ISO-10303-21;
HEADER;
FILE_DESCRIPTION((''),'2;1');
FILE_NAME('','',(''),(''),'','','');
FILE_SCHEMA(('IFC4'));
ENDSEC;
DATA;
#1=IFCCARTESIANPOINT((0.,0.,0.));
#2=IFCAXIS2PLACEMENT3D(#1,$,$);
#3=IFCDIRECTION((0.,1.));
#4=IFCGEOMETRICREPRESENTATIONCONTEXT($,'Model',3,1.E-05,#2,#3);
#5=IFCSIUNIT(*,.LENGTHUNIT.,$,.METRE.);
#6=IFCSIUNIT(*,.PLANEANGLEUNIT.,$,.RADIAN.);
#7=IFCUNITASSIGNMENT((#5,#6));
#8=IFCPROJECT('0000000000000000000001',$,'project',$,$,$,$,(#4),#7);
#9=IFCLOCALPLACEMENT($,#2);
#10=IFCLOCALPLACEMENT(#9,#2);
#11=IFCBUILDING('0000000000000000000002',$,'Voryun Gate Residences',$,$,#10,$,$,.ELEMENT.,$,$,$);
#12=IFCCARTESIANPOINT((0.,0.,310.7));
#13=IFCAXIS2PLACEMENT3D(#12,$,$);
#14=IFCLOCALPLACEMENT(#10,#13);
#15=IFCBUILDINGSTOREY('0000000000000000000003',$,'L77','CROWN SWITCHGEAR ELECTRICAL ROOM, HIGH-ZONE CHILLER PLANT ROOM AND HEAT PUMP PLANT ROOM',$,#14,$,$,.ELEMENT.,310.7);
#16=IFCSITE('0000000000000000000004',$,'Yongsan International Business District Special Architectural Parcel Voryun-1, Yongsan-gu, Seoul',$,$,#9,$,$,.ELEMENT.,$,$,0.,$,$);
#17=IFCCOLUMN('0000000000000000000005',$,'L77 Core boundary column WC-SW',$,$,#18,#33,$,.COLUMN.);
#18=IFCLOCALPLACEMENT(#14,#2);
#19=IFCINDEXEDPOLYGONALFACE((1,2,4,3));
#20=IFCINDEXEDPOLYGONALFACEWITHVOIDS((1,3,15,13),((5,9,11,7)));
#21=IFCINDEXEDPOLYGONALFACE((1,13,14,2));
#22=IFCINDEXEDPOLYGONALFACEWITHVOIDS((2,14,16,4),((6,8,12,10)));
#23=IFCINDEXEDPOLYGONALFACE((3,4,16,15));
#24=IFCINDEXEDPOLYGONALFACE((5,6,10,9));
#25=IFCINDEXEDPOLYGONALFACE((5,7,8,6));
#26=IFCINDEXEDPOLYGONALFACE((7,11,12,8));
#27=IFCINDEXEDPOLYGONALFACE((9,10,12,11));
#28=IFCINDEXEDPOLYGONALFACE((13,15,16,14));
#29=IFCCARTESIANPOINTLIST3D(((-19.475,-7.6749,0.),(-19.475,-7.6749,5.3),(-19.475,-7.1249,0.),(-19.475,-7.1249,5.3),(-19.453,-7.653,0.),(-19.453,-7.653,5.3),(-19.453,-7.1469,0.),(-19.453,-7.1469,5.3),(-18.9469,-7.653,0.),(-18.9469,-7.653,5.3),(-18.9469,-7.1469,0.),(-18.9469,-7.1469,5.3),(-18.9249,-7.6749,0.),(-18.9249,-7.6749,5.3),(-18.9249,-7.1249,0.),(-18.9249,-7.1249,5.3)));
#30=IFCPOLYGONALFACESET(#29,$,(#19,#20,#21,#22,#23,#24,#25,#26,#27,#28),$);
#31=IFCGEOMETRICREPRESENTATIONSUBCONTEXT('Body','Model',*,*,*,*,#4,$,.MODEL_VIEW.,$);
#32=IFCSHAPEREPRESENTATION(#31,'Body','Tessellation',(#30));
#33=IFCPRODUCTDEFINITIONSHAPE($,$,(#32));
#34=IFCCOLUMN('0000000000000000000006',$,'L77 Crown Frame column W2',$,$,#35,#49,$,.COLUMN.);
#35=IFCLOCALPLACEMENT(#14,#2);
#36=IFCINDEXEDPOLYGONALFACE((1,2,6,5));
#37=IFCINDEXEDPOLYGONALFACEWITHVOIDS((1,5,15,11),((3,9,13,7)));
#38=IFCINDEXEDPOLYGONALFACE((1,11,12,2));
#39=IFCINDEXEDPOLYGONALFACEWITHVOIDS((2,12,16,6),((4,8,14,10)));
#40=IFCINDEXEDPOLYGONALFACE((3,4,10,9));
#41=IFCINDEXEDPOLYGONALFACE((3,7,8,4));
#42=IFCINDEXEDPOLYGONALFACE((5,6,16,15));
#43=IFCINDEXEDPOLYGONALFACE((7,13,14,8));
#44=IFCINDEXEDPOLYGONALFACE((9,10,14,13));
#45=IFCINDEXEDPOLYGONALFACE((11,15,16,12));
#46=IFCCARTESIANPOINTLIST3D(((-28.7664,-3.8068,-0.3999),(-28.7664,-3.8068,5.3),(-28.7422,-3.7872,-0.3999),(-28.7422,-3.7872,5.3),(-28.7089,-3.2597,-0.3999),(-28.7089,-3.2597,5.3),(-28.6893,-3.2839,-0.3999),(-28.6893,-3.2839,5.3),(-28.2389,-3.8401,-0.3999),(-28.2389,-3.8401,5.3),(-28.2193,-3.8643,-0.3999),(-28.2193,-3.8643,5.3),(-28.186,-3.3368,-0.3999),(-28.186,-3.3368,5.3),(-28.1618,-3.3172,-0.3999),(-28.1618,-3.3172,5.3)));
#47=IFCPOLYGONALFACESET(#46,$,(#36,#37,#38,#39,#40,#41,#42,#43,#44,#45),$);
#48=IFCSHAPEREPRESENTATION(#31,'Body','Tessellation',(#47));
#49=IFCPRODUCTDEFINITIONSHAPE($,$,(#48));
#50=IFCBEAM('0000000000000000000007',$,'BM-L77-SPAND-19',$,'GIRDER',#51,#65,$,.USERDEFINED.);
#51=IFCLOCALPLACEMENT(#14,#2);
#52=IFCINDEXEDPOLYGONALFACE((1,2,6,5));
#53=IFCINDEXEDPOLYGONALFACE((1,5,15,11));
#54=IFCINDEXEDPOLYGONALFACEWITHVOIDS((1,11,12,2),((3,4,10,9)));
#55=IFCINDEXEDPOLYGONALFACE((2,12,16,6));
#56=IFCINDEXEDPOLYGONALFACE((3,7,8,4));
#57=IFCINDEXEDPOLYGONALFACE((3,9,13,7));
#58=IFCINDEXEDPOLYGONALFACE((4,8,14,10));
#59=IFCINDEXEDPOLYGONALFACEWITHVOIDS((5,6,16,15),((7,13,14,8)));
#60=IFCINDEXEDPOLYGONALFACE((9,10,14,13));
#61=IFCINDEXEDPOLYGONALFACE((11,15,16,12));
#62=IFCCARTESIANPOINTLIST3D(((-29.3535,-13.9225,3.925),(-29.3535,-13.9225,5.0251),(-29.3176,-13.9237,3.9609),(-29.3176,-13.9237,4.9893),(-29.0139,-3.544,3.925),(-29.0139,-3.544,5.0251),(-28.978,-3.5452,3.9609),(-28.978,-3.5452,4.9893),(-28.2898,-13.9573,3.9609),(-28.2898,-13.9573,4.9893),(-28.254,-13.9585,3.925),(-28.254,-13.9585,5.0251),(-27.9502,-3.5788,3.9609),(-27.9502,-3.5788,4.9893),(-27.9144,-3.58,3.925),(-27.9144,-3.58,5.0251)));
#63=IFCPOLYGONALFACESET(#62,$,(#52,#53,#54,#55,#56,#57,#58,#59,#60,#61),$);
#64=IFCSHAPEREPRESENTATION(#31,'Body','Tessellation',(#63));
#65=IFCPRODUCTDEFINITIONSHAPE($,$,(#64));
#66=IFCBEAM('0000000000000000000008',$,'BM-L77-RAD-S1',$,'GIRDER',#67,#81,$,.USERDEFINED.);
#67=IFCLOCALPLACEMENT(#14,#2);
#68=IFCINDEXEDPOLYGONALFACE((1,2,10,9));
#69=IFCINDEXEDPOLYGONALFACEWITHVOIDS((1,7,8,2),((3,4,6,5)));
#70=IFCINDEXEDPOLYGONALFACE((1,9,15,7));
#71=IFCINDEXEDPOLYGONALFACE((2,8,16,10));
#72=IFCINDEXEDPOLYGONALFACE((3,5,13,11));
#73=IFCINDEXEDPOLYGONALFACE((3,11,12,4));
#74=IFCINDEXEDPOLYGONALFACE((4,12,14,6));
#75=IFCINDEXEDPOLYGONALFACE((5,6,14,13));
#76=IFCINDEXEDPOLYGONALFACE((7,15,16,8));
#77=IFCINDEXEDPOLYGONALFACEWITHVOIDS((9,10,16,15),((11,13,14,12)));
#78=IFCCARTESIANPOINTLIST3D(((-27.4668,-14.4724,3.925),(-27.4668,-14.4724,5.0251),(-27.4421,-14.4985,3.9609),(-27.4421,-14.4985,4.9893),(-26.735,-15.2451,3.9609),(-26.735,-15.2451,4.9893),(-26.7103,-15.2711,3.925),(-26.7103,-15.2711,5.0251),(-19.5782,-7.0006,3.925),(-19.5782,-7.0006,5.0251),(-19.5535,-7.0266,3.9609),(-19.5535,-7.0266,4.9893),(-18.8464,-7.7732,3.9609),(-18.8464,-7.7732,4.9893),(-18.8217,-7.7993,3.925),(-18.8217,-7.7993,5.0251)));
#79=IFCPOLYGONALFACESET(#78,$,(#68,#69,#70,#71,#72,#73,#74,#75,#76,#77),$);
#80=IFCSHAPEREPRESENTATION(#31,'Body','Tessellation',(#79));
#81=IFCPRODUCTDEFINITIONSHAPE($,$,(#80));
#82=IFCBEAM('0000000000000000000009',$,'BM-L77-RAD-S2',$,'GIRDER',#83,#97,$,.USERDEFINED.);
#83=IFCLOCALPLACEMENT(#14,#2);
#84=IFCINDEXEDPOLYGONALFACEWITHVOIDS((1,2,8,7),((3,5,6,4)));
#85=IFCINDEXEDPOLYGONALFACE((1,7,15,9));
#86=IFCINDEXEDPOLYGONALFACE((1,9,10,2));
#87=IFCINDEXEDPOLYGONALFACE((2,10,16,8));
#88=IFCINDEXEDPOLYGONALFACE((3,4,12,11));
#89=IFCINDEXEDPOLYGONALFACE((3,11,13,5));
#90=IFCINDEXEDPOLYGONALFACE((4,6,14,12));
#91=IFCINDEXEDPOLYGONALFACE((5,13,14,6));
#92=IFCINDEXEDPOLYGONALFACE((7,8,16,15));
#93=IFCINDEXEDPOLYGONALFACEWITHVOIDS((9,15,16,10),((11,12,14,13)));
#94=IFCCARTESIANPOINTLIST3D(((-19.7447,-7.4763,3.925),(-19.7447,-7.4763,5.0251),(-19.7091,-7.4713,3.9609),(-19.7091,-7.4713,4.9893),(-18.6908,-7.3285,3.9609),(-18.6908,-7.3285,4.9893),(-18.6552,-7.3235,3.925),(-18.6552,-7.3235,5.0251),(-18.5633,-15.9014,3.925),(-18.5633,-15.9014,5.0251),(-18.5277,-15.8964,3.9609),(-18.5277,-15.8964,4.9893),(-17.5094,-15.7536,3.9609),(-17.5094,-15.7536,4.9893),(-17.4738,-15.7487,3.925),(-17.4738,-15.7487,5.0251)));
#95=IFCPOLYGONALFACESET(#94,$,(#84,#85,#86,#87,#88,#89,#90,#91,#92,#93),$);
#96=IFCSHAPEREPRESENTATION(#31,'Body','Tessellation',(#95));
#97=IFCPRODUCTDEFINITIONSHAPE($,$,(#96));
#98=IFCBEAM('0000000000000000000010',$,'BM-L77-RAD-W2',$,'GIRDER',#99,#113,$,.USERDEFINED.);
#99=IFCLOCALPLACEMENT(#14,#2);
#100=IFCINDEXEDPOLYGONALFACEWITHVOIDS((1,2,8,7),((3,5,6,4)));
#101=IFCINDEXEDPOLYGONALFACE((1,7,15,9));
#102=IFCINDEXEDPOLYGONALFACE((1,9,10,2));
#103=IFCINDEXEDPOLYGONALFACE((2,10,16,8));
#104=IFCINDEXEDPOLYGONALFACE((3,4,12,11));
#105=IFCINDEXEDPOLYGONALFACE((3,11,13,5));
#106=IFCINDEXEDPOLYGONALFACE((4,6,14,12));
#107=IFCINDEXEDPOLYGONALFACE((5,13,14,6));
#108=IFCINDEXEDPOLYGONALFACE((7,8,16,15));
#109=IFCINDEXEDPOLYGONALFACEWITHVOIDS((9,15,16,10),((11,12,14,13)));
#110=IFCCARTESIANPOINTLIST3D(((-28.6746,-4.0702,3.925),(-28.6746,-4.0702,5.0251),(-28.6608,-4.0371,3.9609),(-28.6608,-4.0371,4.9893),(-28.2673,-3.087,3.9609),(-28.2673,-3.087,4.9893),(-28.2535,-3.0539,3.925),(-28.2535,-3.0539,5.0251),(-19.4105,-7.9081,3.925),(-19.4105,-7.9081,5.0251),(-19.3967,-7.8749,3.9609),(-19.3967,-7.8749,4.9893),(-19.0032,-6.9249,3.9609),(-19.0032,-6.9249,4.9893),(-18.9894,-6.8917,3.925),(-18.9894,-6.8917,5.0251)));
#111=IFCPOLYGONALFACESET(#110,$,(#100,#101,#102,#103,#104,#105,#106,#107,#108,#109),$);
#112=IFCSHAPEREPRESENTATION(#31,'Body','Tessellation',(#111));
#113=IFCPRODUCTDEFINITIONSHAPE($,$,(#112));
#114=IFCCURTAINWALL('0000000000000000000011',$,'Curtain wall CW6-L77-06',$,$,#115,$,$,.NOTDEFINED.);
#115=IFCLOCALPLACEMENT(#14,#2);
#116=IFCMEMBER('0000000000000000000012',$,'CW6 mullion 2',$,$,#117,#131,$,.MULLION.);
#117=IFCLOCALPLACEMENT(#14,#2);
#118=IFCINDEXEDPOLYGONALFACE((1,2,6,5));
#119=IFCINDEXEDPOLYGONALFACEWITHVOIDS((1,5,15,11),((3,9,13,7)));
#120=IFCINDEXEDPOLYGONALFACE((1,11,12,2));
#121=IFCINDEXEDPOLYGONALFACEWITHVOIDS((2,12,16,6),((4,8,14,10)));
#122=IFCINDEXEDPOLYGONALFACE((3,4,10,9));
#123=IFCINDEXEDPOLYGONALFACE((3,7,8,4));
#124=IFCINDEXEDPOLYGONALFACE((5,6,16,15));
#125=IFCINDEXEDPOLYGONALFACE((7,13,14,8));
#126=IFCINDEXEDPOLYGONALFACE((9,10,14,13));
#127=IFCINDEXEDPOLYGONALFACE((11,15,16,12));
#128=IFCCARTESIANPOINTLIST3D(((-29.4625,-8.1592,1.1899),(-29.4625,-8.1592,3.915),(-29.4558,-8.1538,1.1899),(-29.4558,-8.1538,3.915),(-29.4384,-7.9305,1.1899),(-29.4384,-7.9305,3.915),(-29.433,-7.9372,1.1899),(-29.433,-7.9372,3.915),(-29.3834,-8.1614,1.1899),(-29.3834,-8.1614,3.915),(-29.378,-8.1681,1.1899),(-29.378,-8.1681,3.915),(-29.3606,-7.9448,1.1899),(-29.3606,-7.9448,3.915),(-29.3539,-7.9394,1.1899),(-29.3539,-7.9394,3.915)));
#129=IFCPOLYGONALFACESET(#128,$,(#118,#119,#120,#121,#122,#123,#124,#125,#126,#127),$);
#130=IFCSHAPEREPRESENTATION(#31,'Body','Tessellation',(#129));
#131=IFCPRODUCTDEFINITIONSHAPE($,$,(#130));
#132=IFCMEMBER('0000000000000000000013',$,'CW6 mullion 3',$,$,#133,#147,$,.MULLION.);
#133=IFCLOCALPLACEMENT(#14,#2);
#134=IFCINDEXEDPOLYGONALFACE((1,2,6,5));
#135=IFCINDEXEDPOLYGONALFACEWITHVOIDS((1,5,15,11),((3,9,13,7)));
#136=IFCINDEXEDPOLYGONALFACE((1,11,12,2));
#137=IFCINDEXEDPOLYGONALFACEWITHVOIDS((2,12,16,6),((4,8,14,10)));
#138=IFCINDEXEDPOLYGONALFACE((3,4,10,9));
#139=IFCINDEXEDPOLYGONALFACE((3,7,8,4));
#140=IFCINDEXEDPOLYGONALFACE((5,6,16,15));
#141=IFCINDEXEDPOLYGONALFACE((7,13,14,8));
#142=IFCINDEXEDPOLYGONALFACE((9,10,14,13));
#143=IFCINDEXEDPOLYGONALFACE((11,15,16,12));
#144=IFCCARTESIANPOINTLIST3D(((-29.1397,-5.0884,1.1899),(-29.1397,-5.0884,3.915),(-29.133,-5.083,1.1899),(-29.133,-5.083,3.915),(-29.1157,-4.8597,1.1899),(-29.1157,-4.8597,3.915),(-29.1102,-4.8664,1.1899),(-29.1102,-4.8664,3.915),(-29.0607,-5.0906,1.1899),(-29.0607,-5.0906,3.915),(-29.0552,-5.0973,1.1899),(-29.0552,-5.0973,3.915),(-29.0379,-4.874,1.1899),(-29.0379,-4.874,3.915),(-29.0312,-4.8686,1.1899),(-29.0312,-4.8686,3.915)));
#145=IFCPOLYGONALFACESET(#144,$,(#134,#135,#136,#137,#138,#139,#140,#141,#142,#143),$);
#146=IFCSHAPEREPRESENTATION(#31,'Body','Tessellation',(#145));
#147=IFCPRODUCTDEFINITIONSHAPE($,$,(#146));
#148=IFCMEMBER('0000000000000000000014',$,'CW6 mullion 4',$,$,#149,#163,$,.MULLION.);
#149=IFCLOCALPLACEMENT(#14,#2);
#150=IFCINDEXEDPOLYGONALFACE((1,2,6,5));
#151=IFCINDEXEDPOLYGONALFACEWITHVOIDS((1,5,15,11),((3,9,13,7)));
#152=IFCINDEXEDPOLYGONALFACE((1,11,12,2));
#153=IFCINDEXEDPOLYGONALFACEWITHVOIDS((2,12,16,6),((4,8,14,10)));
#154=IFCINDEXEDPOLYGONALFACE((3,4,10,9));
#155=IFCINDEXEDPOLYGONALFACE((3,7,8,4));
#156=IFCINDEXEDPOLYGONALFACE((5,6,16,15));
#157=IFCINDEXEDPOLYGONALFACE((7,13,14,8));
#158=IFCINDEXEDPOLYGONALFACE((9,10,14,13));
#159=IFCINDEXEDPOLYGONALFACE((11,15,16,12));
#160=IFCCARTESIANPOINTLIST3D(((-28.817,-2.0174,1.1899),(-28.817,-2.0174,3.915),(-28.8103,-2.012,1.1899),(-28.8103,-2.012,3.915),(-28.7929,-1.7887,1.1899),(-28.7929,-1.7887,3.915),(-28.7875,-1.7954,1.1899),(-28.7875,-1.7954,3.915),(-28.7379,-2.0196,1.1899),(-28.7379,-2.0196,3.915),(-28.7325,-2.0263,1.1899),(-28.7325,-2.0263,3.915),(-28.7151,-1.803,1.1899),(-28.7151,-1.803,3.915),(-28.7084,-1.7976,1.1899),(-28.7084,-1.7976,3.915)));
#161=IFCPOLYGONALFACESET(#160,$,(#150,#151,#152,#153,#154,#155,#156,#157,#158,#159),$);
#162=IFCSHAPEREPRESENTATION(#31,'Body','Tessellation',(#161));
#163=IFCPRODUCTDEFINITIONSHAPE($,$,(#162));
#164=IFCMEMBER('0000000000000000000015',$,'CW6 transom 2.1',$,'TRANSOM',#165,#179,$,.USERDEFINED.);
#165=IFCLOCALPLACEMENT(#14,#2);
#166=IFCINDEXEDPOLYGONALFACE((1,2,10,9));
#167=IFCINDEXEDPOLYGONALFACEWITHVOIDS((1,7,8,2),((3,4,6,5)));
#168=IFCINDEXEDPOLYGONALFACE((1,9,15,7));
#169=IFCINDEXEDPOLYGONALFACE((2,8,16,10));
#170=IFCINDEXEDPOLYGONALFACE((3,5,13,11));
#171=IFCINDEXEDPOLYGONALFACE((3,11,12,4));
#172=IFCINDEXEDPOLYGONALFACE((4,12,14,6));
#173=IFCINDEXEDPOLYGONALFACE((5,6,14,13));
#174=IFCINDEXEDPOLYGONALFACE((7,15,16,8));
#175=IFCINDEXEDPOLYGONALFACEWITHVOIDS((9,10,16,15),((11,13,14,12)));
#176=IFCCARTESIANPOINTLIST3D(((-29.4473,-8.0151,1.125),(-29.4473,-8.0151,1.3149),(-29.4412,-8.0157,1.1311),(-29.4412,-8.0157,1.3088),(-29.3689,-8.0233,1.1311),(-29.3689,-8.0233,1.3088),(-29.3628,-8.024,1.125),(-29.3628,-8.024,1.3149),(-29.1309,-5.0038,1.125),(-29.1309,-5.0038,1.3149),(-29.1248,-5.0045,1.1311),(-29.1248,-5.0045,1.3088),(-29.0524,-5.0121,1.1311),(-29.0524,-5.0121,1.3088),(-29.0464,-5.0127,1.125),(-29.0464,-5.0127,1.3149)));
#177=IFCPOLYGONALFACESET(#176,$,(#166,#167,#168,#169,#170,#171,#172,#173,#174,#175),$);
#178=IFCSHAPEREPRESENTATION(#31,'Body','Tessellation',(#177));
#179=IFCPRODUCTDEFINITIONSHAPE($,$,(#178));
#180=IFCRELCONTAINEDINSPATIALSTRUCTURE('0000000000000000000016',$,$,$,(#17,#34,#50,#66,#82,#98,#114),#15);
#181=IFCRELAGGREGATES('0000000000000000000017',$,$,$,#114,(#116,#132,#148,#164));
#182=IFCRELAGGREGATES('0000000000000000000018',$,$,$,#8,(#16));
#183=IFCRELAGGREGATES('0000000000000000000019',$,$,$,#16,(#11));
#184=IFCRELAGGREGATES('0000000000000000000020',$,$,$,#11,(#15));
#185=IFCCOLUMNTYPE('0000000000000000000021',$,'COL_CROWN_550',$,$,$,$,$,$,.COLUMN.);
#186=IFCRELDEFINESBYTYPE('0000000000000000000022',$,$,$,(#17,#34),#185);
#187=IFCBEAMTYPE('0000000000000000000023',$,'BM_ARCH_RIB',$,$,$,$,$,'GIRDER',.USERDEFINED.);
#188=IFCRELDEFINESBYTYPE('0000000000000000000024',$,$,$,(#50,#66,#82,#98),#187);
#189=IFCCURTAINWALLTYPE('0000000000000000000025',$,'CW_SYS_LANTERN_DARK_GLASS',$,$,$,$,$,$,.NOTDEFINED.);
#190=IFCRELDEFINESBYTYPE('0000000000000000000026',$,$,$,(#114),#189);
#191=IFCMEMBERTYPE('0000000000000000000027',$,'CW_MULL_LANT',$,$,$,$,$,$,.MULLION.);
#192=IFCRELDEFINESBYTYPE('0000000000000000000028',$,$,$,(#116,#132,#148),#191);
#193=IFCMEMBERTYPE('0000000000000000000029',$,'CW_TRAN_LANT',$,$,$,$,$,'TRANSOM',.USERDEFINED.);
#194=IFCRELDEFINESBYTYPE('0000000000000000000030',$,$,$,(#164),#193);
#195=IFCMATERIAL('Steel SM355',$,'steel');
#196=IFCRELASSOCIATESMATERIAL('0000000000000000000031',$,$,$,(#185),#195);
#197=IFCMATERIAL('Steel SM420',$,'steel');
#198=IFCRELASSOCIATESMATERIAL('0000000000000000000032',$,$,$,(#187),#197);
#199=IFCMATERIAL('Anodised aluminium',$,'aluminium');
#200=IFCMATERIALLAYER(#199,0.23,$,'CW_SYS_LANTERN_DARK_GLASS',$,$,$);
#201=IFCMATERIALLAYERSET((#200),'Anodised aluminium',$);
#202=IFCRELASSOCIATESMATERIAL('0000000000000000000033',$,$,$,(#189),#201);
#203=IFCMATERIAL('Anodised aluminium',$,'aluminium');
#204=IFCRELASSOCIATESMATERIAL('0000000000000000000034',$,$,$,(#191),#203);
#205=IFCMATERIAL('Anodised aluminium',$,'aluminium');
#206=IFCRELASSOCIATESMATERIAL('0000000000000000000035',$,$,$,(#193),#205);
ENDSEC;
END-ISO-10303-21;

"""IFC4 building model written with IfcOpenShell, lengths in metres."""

from ifc_helpers import new_model, si_unit, direction, frame, origin, origin_2d, place, context, subcontext, project, spatial, hollow_rectangle, extrude, material, layer, layer_set, material_profile, profile_set, type_object, element, aggregate, save


model = new_model("IFC4")

# Units and contexts
model_context = context("Model", 3, precision=1e-05, world=origin(), true_north=direction((0.0, 1.0)))
body_context = subcontext(model_context, "Body", "Model", "MODEL_VIEW")
ifc_project = project(units=[si_unit("LENGTHUNIT", "METRE"), si_unit("PLANEANGLEUNIT", "RADIAN")], contexts=[model_context])

# Site, building, storey
site_placement = place(None, origin())
site = spatial("IfcSite", under=ifc_project, at=site_placement, Name="Yongsan International Business District Special Architectural Parcel Voryun-1, Yongsan-gu, Seoul", CompositionType="ELEMENT", RefElevation=0.0)
building_placement = place(site_placement, origin())
building = spatial("IfcBuilding", under=site, at=building_placement, Name="Voryun Gate Residences", CompositionType="ELEMENT")
storey_placement = place(building_placement, frame((0.0, 0.0, 310.7)))
storey = spatial("IfcBuildingStorey", under=building, at=storey_placement, Name="L77", Description="CROWN SWITCHGEAR ELECTRICAL ROOM, HIGH-ZONE CHILLER PLANT ROOM AND HEAT PUMP PLANT ROOM", CompositionType="ELEMENT", Elevation=310.7)

# Columns
ifc_material_1 = material(Name="Steel SM355", Category="steel")
ifc_material_profile_1 = material_profile(ifc_material_1, hollow_rectangle(XDim=0.55, YDim=0.55, WallThickness=0.022, at=origin_2d()), Name="BOX-550x550x22")
ifc_profile_set_1 = profile_set([ifc_material_profile_1], Name="Steel SM355")
column_type = type_object("IfcColumnType", Name="COL_CROWN_550", PredefinedType="COLUMN", material=ifc_profile_set_1)
column_1_placement = place(storey_placement, frame((-19.2, -7.3999, 0.0), z_axis=(0.0, 0.0, 1.0), x_axis=(1.0, 0.0, 0.0)))
element("IfcColumn", 1, at=column_1_placement, inside=storey, type_object=column_type, Name="L77 Core boundary column WC-SW", PredefinedType="COLUMN", context=body_context, shape_type="SweptSolid", body=[
    extrude(hollow_rectangle(XDim=0.55, YDim=0.55, WallThickness=0.022, at=origin_2d()), origin(), (0.0, 0.0, 1.0), 5.3),
])
column_2_placement = place(storey_placement, frame((-28.4641, -3.562, -0.3999), z_axis=(0.0, 0.0, 1.0), x_axis=(0.994522, -0.104528, 0.0)))
element("IfcColumn", 2, at=column_2_placement, inside=storey, type_object=column_type, Name="L77 Crown Frame column W2", PredefinedType="COLUMN", context=body_context, shape_type="SweptSolid", body=[
    extrude(hollow_rectangle(XDim=0.55, YDim=0.55, WallThickness=0.022, at=origin_2d()), origin(), (0.0, 0.0, 1.0), 5.7),
])

# Beams
ifc_material_2 = material(Name="Steel SM420", Category="steel")
ifc_material_profile_2 = material_profile(ifc_material_2, hollow_rectangle(XDim=1.1001, YDim=1.1001, WallThickness=0.0359, at=origin_2d()), Name="BOX-1100x1100x36")
ifc_profile_set_2 = profile_set([ifc_material_profile_2], Name="Steel SM420")
beam_type = type_object("IfcBeamType", Name="BM_ARCH_RIB", ElementType="GIRDER", PredefinedType="USERDEFINED", material=ifc_profile_set_2)
beam_1_placement = place(storey_placement, frame((-28.4641, -3.562, 4.4751), z_axis=(-0.032704, -0.999465, 0.0), x_axis=(0.999465, -0.032704, 0.0)))
element("IfcBeam", 3, at=beam_1_placement, inside=storey, type_object=beam_type, Name="BM-L77-SPAND-19", ObjectType="GIRDER", PredefinedType="USERDEFINED", context=body_context, shape_type="SweptSolid", body=[
    extrude(hollow_rectangle(XDim=1.1001, YDim=1.1001, WallThickness=0.0359, at=origin_2d()), origin(), (0.0, 0.0, 1.0), 10.384),
])
beam_2_placement = place(storey_placement, frame((-19.2, -7.3999, 4.4751), z_axis=(-0.726024, -0.687669, 0.0), x_axis=(0.687669, -0.726024, 0.0)))
element("IfcBeam", 4, at=beam_2_placement, inside=storey, type_object=beam_type, Name="BM-L77-RAD-S1", ObjectType="GIRDER", PredefinedType="USERDEFINED", context=body_context, shape_type="SweptSolid", body=[
    extrude(hollow_rectangle(XDim=1.1001, YDim=1.1001, WallThickness=0.0359, at=origin_2d()), origin(), (0.0, 0.0, 1.0), 10.8655),
])
beam_3_placement = place(storey_placement, frame((-19.2, -7.3999, 4.4751), z_axis=(0.138866, -0.990311, 0.0), x_axis=(0.990311, 0.138866, 0.0)))
element("IfcBeam", 5, at=beam_3_placement, inside=storey, type_object=beam_type, Name="BM-L77-RAD-S2", ObjectType="GIRDER", PredefinedType="USERDEFINED", context=body_context, shape_type="SweptSolid", body=[
    extrude(hollow_rectangle(XDim=1.1001, YDim=1.1001, WallThickness=0.0359, at=origin_2d()), origin(), (0.0, 0.0, 1.0), 8.5076),
])
beam_4_placement = place(storey_placement, frame((-19.2, -7.3999, 4.4751), z_axis=(-0.92386, 0.38273, 0.0), x_axis=(-0.38273, -0.92386, 0.0)))
element("IfcBeam", 6, at=beam_4_placement, inside=storey, type_object=beam_type, Name="BM-L77-RAD-W2", ObjectType="GIRDER", PredefinedType="USERDEFINED", context=body_context, shape_type="SweptSolid", body=[
    extrude(hollow_rectangle(XDim=1.1001, YDim=1.1001, WallThickness=0.0359, at=origin_2d()), origin(), (0.0, 0.0, 1.0), 10.0276),
])

# Curtain wall, members
ifc_material_3 = material(Name="Anodised aluminium", Category="aluminium")
ifc_layer_1 = layer(ifc_material_3, 0.23, Name="CW_SYS_LANTERN_DARK_GLASS")
ifc_layer_set_1 = layer_set([ifc_layer_1], Name="Anodised aluminium")
curtain_wall_type = type_object("IfcCurtainWallType", Name="CW_SYS_LANTERN_DARK_GLASS", PredefinedType="NOTDEFINED", material=ifc_layer_set_1)
curtain_wall_placement = place(storey_placement, origin())
curtain_wall = element("IfcCurtainWall", 7, at=curtain_wall_placement, inside=storey, type_object=curtain_wall_type, Name="Curtain wall CW6-L77-06", PredefinedType="NOTDEFINED")
ifc_material_4 = material(Name="Anodised aluminium", Category="aluminium")
ifc_material_profile_3 = material_profile(ifc_material_4, hollow_rectangle(XDim=0.085, YDim=0.23, WallThickness=0.0061, at=origin_2d()), Name="ALU-MULL-230x85x6")
ifc_profile_set_3 = profile_set([ifc_material_profile_3], Name="Anodised aluminium")
member_type_1 = type_object("IfcMemberType", Name="CW_MULL_LANT", PredefinedType="MULLION", material=ifc_profile_set_3)
member_1_placement = place(storey_placement, frame((-29.4082, -8.0493, 1.1899), z_axis=(0.0, 0.0, 1.0), x_axis=(-0.994522, 0.104528, 0.0)))
member_1 = element("IfcMember", 8, at=member_1_placement, type_object=member_type_1, Name="CW6 mullion 2", PredefinedType="MULLION", context=body_context, shape_type="SweptSolid", body=[
    extrude(hollow_rectangle(XDim=0.085, YDim=0.23, WallThickness=0.0061, at=origin_2d()), origin(), (0.0, 0.0, 1.0), 2.7251),
])
member_2_placement = place(storey_placement, frame((-29.0854, -4.9785, 1.1899), z_axis=(0.0, 0.0, 1.0), x_axis=(-0.994522, 0.104528, 0.0)))
member_2 = element("IfcMember", 9, at=member_2_placement, type_object=member_type_1, Name="CW6 mullion 3", PredefinedType="MULLION", context=body_context, shape_type="SweptSolid", body=[
    extrude(hollow_rectangle(XDim=0.085, YDim=0.23, WallThickness=0.0061, at=origin_2d()), origin(), (0.0, 0.0, 1.0), 2.7251),
])
member_3_placement = place(storey_placement, frame((-28.7627, -1.9075, 1.1899), z_axis=(0.0, 0.0, 1.0), x_axis=(-0.994522, 0.104528, 0.0)))
member_3 = element("IfcMember", 10, at=member_3_placement, type_object=member_type_1, Name="CW6 mullion 4", PredefinedType="MULLION", context=body_context, shape_type="SweptSolid", body=[
    extrude(hollow_rectangle(XDim=0.085, YDim=0.23, WallThickness=0.0061, at=origin_2d()), origin(), (0.0, 0.0, 1.0), 2.7251),
])
ifc_material_5 = material(Name="Anodised aluminium", Category="aluminium")
ifc_material_profile_4 = material_profile(ifc_material_5, hollow_rectangle(XDim=0.085, YDim=0.1899, WallThickness=0.0061, at=origin_2d()), Name="ALU-TRAN-190x85x6")
ifc_profile_set_4 = profile_set([ifc_material_profile_4], Name="Anodised aluminium")
member_type_2 = type_object("IfcMemberType", Name="CW_TRAN_LANT", ElementType="TRANSOM", PredefinedType="USERDEFINED", material=ifc_profile_set_4)
member_4_placement = place(storey_placement, frame((-29.405, -8.0195, 1.22), z_axis=(0.1045, 0.994525, 0.0), x_axis=(-0.994525, 0.1045, 0.0)))
member_4 = element("IfcMember", 11, at=member_4_placement, type_object=member_type_2, Name="CW6 transom 2.1", ObjectType="TRANSOM", PredefinedType="USERDEFINED", context=body_context, shape_type="SweptSolid", body=[
    extrude(hollow_rectangle(XDim=0.085, YDim=0.1899, WallThickness=0.0061, at=origin_2d()), origin(), (0.0, 0.0, 1.0), 3.0278),
])

aggregate(curtain_wall, [member_1, member_2, member_3, member_4])

save(model, "model.ifc")
